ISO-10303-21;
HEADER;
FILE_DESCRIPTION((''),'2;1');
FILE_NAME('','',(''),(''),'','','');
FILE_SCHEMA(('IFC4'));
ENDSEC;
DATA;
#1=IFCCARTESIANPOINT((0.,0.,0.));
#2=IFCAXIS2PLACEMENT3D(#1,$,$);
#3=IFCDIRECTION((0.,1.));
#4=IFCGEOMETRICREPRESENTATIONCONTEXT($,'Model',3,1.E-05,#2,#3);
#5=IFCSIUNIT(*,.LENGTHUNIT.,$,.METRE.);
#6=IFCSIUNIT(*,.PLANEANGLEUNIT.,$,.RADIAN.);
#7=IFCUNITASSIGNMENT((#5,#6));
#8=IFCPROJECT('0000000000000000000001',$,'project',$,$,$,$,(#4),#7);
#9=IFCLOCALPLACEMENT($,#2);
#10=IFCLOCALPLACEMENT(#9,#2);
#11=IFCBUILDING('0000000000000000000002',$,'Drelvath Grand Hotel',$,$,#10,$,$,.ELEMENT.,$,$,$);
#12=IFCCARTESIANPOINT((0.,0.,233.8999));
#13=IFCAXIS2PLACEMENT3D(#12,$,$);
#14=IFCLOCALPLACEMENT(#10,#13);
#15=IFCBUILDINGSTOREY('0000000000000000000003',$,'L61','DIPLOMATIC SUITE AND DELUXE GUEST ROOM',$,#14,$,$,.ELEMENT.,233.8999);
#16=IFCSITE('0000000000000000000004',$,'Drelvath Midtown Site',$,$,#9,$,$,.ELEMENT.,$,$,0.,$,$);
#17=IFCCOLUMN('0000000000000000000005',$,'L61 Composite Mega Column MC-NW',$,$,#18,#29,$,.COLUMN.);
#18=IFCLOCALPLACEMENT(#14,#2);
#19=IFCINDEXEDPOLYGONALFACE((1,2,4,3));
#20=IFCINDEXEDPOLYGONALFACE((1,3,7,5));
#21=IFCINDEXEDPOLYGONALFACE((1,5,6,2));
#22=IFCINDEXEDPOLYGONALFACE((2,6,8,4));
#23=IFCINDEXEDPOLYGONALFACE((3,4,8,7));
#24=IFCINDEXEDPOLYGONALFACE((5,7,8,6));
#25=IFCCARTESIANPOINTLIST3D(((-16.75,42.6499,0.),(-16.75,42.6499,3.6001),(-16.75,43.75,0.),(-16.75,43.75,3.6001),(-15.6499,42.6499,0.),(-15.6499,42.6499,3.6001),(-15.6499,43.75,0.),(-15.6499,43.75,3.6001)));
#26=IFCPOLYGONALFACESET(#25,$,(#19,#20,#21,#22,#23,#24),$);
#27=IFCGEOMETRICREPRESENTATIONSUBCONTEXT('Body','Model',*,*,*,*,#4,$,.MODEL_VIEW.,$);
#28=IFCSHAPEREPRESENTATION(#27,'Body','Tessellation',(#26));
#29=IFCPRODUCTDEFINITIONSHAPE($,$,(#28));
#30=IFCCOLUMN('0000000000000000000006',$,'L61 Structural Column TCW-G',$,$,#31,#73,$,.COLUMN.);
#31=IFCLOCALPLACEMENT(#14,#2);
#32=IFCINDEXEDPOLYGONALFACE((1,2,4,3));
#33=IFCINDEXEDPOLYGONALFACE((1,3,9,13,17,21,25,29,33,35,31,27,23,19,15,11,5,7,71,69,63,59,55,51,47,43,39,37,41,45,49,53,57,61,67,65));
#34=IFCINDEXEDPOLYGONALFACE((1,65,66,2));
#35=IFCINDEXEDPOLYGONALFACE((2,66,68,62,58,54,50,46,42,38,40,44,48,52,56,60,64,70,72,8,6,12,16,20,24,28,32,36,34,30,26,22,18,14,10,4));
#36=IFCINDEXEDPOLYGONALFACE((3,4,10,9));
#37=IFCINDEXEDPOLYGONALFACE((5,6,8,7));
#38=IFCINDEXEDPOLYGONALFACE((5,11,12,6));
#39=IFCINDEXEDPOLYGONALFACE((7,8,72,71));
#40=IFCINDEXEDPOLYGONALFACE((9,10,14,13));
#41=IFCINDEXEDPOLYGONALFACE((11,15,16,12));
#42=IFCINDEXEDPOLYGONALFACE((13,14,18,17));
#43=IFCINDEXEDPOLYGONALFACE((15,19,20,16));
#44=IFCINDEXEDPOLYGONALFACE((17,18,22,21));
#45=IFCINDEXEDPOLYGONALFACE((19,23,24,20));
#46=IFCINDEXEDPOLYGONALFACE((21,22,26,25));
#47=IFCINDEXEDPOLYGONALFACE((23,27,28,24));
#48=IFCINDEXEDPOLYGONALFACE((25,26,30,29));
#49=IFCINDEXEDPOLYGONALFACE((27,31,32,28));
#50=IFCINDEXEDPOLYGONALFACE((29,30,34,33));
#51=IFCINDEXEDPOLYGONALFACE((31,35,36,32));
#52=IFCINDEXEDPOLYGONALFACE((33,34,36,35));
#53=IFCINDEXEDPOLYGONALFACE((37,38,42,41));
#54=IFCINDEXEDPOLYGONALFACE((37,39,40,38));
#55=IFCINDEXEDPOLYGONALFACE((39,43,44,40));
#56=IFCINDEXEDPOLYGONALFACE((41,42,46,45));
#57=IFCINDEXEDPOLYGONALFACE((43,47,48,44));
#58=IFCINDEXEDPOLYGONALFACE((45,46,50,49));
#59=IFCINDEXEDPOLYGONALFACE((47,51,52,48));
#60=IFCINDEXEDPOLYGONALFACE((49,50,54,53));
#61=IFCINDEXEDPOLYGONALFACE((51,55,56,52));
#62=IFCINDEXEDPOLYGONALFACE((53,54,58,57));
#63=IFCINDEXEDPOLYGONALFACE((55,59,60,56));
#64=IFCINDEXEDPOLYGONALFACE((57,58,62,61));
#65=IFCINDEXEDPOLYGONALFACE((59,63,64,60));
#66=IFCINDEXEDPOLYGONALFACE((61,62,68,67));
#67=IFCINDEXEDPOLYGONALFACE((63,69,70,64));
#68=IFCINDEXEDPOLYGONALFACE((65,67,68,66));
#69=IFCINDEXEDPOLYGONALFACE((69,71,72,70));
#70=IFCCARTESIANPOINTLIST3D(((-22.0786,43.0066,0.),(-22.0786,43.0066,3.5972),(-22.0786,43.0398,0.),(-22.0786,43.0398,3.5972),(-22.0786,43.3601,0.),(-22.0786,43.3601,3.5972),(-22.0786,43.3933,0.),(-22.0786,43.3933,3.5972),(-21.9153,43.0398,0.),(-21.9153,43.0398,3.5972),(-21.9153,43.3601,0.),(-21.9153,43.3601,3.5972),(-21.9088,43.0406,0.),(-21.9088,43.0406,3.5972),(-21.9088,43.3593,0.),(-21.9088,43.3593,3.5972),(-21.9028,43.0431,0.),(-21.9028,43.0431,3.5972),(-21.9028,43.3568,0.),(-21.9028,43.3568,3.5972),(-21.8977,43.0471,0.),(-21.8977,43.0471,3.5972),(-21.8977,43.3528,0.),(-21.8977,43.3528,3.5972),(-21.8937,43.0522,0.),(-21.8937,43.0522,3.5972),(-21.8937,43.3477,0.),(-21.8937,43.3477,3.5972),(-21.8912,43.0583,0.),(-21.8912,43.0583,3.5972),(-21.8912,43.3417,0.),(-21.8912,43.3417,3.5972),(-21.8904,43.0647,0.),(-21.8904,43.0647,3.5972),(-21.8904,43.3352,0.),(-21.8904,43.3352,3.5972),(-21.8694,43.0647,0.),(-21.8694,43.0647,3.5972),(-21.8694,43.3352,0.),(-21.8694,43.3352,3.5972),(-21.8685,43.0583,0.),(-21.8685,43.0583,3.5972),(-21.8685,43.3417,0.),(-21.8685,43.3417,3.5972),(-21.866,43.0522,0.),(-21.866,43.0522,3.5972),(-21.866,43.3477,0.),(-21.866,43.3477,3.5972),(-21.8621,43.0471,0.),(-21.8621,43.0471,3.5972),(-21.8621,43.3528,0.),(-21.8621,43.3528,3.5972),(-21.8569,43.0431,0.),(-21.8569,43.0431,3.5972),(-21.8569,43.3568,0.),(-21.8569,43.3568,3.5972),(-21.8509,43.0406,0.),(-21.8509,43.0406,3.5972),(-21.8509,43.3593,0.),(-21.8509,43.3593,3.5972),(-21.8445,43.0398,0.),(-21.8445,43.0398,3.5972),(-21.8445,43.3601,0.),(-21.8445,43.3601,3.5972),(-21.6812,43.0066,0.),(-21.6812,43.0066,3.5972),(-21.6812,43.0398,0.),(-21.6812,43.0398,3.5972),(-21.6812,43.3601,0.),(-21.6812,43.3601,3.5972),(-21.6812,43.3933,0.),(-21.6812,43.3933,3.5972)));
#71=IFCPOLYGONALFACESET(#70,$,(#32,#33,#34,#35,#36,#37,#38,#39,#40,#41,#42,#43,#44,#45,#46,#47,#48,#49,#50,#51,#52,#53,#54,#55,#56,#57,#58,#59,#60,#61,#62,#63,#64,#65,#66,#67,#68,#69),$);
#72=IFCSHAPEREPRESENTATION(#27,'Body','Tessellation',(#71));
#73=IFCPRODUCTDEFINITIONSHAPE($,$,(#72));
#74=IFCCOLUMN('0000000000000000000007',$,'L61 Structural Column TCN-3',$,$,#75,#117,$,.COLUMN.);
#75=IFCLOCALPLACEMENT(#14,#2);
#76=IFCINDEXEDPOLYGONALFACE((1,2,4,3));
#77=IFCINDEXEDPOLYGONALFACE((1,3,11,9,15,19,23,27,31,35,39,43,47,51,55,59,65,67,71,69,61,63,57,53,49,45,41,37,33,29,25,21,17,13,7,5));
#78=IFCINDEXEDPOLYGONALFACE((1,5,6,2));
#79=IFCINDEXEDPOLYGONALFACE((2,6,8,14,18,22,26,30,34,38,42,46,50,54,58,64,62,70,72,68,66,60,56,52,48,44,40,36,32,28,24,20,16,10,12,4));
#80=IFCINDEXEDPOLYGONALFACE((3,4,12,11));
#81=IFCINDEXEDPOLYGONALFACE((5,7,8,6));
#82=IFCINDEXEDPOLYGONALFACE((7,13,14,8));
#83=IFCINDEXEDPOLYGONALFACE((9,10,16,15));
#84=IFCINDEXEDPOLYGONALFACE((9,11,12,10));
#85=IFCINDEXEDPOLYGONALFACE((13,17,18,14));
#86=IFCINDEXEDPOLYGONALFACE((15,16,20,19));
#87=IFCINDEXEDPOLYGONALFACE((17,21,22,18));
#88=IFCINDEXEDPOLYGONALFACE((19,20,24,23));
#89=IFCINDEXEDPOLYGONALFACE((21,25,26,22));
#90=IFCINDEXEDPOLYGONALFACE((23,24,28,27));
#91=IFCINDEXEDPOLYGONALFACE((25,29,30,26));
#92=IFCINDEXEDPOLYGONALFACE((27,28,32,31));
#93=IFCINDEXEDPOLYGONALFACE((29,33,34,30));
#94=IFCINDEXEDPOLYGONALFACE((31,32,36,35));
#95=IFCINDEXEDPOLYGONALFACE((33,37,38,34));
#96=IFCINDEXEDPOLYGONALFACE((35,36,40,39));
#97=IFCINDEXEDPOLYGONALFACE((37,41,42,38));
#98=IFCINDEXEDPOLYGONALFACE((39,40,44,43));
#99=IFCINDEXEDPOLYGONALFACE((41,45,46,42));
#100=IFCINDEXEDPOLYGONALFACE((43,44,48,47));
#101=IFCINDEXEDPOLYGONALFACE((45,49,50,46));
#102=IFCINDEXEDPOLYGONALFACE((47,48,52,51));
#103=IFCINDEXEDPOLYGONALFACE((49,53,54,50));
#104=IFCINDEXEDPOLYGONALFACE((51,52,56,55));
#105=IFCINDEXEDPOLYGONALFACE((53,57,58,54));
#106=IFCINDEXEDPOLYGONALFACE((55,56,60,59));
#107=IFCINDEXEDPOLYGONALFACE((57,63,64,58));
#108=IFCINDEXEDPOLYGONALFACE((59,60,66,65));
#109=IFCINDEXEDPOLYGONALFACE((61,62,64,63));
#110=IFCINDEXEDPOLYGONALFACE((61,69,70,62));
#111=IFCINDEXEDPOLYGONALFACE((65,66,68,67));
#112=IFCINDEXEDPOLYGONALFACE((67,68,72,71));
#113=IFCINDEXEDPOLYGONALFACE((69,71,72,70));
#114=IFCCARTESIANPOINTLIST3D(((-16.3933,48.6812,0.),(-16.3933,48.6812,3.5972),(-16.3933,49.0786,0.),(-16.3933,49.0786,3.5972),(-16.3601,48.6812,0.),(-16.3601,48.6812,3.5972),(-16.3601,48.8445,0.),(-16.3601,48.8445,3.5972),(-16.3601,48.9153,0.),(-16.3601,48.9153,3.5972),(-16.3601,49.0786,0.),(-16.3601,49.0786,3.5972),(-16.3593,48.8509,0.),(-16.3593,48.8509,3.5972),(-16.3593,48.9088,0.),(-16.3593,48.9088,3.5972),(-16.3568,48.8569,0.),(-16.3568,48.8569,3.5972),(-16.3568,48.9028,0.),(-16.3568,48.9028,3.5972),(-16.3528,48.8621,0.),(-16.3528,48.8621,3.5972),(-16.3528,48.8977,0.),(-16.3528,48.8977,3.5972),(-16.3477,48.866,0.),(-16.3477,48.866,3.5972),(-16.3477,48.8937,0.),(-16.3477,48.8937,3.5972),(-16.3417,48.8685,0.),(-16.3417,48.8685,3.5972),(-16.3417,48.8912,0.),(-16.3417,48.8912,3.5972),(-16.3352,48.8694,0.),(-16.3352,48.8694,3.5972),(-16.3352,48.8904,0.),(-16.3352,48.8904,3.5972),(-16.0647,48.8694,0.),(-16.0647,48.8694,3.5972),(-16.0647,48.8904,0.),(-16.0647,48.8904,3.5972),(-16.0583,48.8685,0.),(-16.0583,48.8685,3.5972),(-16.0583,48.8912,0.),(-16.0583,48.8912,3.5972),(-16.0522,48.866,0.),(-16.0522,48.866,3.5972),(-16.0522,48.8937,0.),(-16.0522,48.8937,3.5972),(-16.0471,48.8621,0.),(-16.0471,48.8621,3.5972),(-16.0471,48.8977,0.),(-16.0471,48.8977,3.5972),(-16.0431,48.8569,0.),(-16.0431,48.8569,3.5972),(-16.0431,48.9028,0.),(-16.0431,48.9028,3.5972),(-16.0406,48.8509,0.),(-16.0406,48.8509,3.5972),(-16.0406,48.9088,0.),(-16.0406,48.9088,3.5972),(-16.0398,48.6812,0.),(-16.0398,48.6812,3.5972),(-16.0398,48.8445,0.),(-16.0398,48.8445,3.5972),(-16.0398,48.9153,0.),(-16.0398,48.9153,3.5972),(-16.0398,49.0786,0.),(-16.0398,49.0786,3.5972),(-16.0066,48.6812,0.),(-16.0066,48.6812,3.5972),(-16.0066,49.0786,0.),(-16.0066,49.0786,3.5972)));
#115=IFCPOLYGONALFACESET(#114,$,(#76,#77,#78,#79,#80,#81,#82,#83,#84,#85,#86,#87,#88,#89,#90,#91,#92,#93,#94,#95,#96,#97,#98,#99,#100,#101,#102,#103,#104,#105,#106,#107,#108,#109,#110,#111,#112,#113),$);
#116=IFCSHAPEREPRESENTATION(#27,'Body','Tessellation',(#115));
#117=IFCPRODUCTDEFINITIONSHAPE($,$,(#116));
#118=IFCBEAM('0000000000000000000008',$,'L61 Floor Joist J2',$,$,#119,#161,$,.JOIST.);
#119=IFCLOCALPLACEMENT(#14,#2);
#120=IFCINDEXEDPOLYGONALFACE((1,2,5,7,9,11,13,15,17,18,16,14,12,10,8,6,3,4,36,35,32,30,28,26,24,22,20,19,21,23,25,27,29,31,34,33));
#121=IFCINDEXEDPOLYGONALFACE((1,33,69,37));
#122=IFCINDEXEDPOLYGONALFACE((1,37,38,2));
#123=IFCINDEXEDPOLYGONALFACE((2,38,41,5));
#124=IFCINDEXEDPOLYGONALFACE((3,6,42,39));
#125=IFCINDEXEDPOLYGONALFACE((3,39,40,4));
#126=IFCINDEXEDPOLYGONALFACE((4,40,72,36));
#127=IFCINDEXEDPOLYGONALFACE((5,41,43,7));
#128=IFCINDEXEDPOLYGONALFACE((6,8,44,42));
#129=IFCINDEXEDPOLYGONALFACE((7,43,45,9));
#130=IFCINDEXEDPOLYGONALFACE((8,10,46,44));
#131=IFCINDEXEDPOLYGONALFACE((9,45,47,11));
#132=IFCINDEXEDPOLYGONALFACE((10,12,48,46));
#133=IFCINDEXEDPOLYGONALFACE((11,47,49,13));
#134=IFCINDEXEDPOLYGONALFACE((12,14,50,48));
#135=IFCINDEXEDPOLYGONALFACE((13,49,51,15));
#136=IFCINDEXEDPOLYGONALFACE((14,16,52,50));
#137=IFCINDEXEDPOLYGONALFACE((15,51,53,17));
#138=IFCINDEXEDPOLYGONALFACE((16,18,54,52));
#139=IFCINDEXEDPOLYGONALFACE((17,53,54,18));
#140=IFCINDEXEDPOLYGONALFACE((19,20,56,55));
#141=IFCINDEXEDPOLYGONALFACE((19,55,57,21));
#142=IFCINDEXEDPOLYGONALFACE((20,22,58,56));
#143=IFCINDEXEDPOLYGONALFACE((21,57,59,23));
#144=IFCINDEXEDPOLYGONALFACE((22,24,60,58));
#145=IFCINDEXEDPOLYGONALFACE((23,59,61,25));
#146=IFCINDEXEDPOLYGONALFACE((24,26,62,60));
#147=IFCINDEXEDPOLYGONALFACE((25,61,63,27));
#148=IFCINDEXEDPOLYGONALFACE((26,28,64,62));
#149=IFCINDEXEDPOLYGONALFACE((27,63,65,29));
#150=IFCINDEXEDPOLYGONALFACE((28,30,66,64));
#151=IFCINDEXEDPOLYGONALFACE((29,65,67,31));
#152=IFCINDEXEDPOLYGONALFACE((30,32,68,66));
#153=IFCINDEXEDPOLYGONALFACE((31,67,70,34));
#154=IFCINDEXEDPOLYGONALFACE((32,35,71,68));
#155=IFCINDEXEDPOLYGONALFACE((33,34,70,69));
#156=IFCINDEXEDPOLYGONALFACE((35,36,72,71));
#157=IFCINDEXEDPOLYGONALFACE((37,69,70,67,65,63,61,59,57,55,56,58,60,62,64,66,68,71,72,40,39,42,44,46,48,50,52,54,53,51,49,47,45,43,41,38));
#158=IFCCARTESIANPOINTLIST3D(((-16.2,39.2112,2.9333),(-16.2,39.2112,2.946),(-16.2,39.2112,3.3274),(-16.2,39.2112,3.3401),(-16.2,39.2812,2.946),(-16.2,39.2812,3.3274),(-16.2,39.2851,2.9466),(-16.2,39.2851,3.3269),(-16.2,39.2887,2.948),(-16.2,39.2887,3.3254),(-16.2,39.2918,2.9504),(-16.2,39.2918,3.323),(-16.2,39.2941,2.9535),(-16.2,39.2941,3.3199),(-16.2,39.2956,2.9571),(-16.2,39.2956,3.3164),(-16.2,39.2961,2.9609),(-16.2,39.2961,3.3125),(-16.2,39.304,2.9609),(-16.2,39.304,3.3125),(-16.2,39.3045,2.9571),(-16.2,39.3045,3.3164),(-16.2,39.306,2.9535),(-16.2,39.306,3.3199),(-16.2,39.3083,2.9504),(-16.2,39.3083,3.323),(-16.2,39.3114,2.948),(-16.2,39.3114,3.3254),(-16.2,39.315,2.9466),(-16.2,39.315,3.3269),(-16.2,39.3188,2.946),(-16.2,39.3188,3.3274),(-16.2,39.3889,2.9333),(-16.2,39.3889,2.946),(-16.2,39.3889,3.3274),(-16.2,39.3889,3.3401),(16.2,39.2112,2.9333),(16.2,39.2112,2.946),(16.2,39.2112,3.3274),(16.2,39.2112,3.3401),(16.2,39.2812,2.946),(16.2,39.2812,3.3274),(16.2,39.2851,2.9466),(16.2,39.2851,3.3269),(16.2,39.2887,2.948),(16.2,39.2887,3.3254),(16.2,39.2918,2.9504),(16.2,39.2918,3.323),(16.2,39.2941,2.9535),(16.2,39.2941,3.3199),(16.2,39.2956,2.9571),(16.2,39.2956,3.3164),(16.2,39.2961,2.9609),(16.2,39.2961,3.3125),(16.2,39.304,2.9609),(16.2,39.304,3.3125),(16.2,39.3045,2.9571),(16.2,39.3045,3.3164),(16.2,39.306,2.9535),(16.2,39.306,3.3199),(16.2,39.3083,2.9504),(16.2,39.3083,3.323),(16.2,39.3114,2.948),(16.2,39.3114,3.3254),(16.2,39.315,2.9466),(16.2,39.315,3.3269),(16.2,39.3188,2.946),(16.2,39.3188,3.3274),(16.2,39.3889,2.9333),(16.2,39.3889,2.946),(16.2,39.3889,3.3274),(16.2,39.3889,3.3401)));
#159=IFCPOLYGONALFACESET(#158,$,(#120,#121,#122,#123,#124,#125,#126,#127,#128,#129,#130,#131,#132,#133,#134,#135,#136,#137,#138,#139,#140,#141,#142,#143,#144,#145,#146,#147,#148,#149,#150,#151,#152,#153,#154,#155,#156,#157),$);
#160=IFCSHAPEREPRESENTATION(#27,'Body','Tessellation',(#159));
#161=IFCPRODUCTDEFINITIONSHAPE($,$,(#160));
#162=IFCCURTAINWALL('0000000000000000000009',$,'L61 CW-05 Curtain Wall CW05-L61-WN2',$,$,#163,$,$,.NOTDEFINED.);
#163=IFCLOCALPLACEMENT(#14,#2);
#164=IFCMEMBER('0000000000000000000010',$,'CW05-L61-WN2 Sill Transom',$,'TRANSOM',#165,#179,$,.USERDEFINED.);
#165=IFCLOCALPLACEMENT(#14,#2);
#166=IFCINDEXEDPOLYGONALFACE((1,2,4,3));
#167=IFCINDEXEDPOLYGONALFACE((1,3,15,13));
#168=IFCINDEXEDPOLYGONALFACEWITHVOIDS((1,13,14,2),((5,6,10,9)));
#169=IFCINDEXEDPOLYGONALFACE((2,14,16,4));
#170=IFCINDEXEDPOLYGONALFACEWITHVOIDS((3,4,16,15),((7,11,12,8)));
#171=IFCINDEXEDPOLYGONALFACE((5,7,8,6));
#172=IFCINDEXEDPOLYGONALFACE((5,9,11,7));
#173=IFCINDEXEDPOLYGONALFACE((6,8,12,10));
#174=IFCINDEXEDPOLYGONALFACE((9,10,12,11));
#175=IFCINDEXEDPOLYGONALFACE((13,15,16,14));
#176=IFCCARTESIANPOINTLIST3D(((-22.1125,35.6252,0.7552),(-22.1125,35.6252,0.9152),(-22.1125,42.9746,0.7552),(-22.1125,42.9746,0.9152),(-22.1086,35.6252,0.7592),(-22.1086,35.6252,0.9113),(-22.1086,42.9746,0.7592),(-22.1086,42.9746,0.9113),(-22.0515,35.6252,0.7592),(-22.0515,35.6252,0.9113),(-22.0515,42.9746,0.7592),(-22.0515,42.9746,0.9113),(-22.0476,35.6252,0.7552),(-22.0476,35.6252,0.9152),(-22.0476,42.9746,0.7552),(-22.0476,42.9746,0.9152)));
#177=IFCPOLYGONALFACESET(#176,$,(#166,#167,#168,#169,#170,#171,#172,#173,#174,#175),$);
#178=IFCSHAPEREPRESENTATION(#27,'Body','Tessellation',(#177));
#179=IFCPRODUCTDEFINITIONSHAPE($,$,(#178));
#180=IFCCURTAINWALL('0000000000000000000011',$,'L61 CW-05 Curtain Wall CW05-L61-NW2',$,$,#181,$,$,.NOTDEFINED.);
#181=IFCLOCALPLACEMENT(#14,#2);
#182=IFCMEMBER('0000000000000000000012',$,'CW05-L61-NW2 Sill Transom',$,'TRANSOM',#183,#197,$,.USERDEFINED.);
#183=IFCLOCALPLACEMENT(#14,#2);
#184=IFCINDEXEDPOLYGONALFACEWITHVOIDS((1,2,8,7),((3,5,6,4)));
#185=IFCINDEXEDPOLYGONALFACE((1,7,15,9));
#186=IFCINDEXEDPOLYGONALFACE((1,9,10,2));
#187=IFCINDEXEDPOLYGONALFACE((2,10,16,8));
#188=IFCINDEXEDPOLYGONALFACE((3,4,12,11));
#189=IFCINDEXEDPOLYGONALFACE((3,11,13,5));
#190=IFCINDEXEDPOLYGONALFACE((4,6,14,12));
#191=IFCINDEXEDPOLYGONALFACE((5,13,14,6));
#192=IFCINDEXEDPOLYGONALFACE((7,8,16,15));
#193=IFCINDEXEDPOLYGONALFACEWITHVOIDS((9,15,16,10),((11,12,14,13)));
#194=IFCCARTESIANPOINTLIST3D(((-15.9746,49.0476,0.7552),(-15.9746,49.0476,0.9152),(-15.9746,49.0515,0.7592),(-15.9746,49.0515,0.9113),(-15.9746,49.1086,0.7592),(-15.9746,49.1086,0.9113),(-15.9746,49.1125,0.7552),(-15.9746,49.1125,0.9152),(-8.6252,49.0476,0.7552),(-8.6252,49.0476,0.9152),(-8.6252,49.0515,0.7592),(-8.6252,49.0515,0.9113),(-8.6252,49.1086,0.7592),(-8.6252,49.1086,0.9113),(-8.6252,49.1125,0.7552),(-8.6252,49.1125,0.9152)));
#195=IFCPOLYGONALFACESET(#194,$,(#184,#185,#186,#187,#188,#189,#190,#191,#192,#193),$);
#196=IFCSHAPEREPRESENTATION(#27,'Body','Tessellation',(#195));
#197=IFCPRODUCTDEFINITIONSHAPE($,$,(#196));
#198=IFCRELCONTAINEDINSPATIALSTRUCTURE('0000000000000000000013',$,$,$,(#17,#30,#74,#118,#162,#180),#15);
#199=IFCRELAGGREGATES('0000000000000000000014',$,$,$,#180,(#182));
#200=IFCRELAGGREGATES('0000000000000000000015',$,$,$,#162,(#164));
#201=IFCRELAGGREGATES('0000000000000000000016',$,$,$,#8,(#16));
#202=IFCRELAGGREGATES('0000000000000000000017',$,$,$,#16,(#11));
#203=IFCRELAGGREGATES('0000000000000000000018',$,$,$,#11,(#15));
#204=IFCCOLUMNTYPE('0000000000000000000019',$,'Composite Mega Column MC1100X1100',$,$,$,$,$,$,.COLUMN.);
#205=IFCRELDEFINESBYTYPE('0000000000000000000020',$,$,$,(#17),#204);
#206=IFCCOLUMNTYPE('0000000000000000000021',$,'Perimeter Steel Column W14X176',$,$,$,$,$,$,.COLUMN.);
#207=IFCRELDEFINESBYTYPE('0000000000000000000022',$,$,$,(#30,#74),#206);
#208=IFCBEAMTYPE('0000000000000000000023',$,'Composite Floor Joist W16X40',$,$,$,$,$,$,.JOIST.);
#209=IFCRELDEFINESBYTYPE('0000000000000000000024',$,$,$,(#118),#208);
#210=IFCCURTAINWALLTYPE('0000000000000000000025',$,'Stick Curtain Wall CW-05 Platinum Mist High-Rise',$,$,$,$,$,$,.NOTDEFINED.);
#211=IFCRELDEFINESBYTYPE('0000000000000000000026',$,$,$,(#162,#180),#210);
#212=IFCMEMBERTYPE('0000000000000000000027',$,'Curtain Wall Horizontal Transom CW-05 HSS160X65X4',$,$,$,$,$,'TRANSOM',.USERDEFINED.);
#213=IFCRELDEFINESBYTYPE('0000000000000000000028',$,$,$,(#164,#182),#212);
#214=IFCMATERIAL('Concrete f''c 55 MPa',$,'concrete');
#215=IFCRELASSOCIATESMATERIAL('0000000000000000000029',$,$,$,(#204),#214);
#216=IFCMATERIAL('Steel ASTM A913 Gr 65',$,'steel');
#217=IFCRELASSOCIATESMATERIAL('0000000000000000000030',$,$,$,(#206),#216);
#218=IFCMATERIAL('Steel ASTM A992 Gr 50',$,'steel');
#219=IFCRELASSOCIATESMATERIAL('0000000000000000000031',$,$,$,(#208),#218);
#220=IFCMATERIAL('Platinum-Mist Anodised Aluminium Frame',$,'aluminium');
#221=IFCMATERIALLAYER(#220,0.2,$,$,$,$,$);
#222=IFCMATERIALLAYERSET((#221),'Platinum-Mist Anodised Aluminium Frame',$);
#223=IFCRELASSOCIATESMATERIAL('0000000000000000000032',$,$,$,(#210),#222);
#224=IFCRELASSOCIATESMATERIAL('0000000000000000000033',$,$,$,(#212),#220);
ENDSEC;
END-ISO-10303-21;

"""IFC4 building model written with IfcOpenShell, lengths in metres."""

from ifc_helpers import new_model, si_unit, direction, frame, origin, origin_2d, place, context, subcontext, project, spatial, rectangle, hollow_rectangle, i_section, extrude, material, layer, layer_set, material_profile, profile_set, type_object, element, aggregate, save


model = new_model("IFC4")

# Units and contexts
model_context = context("Model", 3, precision=1e-05, world=origin(), true_north=direction((0.0, 1.0)))
body_context = subcontext(model_context, "Body", "Model", "MODEL_VIEW")
ifc_project = project(units=[si_unit("LENGTHUNIT", "METRE"), si_unit("PLANEANGLEUNIT", "RADIAN")], contexts=[model_context])

# Site, building, storey
site_placement = place(None, origin())
site = spatial("IfcSite", under=ifc_project, at=site_placement, Name="Drelvath Midtown Site", CompositionType="ELEMENT", RefElevation=0.0)
building_placement = place(site_placement, origin())
building = spatial("IfcBuilding", under=site, at=building_placement, Name="Drelvath Grand Hotel", CompositionType="ELEMENT")
storey_placement = place(building_placement, frame((0.0, 0.0, 233.8999)))
storey = spatial("IfcBuildingStorey", under=building, at=storey_placement, Name="L61", Description="DIPLOMATIC SUITE AND DELUXE GUEST ROOM", CompositionType="ELEMENT", Elevation=233.8999)

# Columns
ifc_material_1 = material(Name="Concrete f'c 55 MPa", Category="concrete")
ifc_material_profile_1 = material_profile(ifc_material_1, rectangle(XDim=1.1001, YDim=1.1001, at=origin_2d()), Name="MC1100X1100")
ifc_profile_set_1 = profile_set([ifc_material_profile_1], Name="Concrete f'c 55 MPa")
column_type_1 = type_object("IfcColumnType", Name="Composite Mega Column MC1100X1100", PredefinedType="COLUMN", material=ifc_profile_set_1)
column_placement = place(storey_placement, frame((-16.2, 43.2, 0.0), z_axis=(0.0, 0.0, 1.0), x_axis=(1.0, 0.0, 0.0)))
element("IfcColumn", 1, at=column_placement, inside=storey, type_object=column_type_1, Name="L61 Composite Mega Column MC-NW", PredefinedType="COLUMN", context=body_context, shape_type="SweptSolid", body=[
    extrude(rectangle(XDim=1.1001, YDim=1.1001, at=origin_2d()), origin(), (0.0, 0.0, 1.0), 3.6001),
])
ifc_material_2 = material(Name="Steel ASTM A913 Gr 65", Category="steel")
ifc_material_profile_2 = material_profile(ifc_material_2, i_section(OverallWidth=0.3975, OverallDepth=0.3867, WebThickness=0.021, FlangeThickness=0.0332, FilletRadius=0.0249, at=origin_2d()), Name="W14X176")
ifc_profile_set_2 = profile_set([ifc_material_profile_2], Name="Steel ASTM A913 Gr 65")
column_type_2 = type_object("IfcColumnType", Name="Perimeter Steel Column W14X176", PredefinedType="COLUMN", material=ifc_profile_set_2)
for number, where, z_axis, x_axis, name in (
    (2, (-21.8799, 43.2, 0.0), (0.0, 0.0, 1.0), (1.0, 0.0, 0.0), "L61 Structural Column TCW-G"),
    (3, (-16.2, 48.8799, 0.0), (0.0, 0.0, 1.0), (0.0, 1.0, 0.0), "L61 Structural Column TCN-3"),
):
    element("IfcColumn", number, at=place(storey_placement, frame(where, z_axis=z_axis, x_axis=x_axis)), inside=storey, type_object=column_type_2, Name=name, PredefinedType="COLUMN", context=body_context, shape_type="SweptSolid", body=[
        extrude(i_section(OverallWidth=0.3975, OverallDepth=0.3867, WebThickness=0.021, FlangeThickness=0.0332, FilletRadius=0.0249, at=origin_2d()), origin(), (0.0, 0.0, 1.0), 3.5972),
    ])

# Beam
ifc_material_3 = material(Name="Steel ASTM A992 Gr 50", Category="steel")
ifc_material_profile_3 = material_profile(ifc_material_3, i_section(OverallWidth=0.1777, OverallDepth=0.4067, WebThickness=0.0078, FlangeThickness=0.0127, FilletRadius=0.0149, at=origin_2d()), Name="W16X40")
ifc_profile_set_3 = profile_set([ifc_material_profile_3], Name="Steel ASTM A992 Gr 50")
beam_type_1 = type_object("IfcBeamType", Name="Composite Floor Joist W16X40", PredefinedType="JOIST", material=ifc_profile_set_3)
beam_1_placement = place(storey_placement, frame((-16.2, 39.3, 3.1367), z_axis=(1.0, 0.0, 0.0), x_axis=(0.0, 1.0, 0.0)))
element("IfcBeam", 4, at=beam_1_placement, inside=storey, type_object=beam_type_1, Name="L61 Floor Joist J2", PredefinedType="JOIST", context=body_context, shape_type="SweptSolid", body=[
    extrude(i_section(OverallWidth=0.1777, OverallDepth=0.4067, WebThickness=0.0078, FlangeThickness=0.0127, FilletRadius=0.0149, at=origin_2d()), origin(), (0.0, 0.0, 1.0), 32.3999),
])

# Curtain walls, members
ifc_material_4 = material(Name="Platinum-Mist Anodised Aluminium Frame", Category="aluminium")
ifc_layer_1 = layer(ifc_material_4, 0.2)
ifc_layer_set_1 = layer_set([ifc_layer_1], Name="Platinum-Mist Anodised Aluminium Frame")
curtain_wall_type = type_object("IfcCurtainWallType", Name="Stick Curtain Wall CW-05 Platinum Mist High-Rise", PredefinedType="NOTDEFINED", material=ifc_layer_set_1)
curtain_wall_1_placement = place(storey_placement, origin())
curtain_wall_1 = element("IfcCurtainWall", 5, at=curtain_wall_1_placement, inside=storey, type_object=curtain_wall_type, Name="L61 CW-05 Curtain Wall CW05-L61-WN2", PredefinedType="NOTDEFINED")
ifc_material_profile_4 = material_profile(ifc_material_4, hollow_rectangle(XDim=0.0649, YDim=0.1599, WallThickness=0.0039, at=origin_2d()), Name="HSS160X65X4")
ifc_profile_set_4 = profile_set([ifc_material_profile_4], Name="Platinum-Mist Anodised Aluminium Frame")
member_type_1 = type_object("IfcMemberType", Name="Curtain Wall Horizontal Transom CW-05 HSS160X65X4", ElementType="TRANSOM", PredefinedType="USERDEFINED", material=ifc_profile_set_4)
member_1_placement = place(storey_placement, frame((-22.0801, 35.6252, 0.8352), z_axis=(0.0, 1.0, 0.0), x_axis=(-1.0, 0.0, 0.0)))
member_1 = element("IfcMember", 6, at=member_1_placement, type_object=member_type_1, Name="CW05-L61-WN2 Sill Transom", ObjectType="TRANSOM", PredefinedType="USERDEFINED", context=body_context, shape_type="SweptSolid", body=[
    extrude(hollow_rectangle(XDim=0.0649, YDim=0.1599, WallThickness=0.0039, at=origin_2d()), origin(), (0.0, 0.0, 1.0), 7.3494),
])
curtain_wall_2_placement = place(storey_placement, origin())
curtain_wall_2 = element("IfcCurtainWall", 7, at=curtain_wall_2_placement, inside=storey, type_object=curtain_wall_type, Name="L61 CW-05 Curtain Wall CW05-L61-NW2", PredefinedType="NOTDEFINED")
member_2_placement = place(storey_placement, frame((-15.9746, 49.0801, 0.8352), z_axis=(1.0, 0.0, 0.0), x_axis=(0.0, 1.0, 0.0)))
member_2 = element("IfcMember", 8, at=member_2_placement, type_object=member_type_1, Name="CW05-L61-NW2 Sill Transom", ObjectType="TRANSOM", PredefinedType="USERDEFINED", context=body_context, shape_type="SweptSolid", body=[
    extrude(hollow_rectangle(XDim=0.0649, YDim=0.1599, WallThickness=0.0039, at=origin_2d()), origin(), (0.0, 0.0, 1.0), 7.3494),
])

aggregate(curtain_wall_2, [member_2])

aggregate(curtain_wall_1, [member_1])

save(model, "model.ifc")
